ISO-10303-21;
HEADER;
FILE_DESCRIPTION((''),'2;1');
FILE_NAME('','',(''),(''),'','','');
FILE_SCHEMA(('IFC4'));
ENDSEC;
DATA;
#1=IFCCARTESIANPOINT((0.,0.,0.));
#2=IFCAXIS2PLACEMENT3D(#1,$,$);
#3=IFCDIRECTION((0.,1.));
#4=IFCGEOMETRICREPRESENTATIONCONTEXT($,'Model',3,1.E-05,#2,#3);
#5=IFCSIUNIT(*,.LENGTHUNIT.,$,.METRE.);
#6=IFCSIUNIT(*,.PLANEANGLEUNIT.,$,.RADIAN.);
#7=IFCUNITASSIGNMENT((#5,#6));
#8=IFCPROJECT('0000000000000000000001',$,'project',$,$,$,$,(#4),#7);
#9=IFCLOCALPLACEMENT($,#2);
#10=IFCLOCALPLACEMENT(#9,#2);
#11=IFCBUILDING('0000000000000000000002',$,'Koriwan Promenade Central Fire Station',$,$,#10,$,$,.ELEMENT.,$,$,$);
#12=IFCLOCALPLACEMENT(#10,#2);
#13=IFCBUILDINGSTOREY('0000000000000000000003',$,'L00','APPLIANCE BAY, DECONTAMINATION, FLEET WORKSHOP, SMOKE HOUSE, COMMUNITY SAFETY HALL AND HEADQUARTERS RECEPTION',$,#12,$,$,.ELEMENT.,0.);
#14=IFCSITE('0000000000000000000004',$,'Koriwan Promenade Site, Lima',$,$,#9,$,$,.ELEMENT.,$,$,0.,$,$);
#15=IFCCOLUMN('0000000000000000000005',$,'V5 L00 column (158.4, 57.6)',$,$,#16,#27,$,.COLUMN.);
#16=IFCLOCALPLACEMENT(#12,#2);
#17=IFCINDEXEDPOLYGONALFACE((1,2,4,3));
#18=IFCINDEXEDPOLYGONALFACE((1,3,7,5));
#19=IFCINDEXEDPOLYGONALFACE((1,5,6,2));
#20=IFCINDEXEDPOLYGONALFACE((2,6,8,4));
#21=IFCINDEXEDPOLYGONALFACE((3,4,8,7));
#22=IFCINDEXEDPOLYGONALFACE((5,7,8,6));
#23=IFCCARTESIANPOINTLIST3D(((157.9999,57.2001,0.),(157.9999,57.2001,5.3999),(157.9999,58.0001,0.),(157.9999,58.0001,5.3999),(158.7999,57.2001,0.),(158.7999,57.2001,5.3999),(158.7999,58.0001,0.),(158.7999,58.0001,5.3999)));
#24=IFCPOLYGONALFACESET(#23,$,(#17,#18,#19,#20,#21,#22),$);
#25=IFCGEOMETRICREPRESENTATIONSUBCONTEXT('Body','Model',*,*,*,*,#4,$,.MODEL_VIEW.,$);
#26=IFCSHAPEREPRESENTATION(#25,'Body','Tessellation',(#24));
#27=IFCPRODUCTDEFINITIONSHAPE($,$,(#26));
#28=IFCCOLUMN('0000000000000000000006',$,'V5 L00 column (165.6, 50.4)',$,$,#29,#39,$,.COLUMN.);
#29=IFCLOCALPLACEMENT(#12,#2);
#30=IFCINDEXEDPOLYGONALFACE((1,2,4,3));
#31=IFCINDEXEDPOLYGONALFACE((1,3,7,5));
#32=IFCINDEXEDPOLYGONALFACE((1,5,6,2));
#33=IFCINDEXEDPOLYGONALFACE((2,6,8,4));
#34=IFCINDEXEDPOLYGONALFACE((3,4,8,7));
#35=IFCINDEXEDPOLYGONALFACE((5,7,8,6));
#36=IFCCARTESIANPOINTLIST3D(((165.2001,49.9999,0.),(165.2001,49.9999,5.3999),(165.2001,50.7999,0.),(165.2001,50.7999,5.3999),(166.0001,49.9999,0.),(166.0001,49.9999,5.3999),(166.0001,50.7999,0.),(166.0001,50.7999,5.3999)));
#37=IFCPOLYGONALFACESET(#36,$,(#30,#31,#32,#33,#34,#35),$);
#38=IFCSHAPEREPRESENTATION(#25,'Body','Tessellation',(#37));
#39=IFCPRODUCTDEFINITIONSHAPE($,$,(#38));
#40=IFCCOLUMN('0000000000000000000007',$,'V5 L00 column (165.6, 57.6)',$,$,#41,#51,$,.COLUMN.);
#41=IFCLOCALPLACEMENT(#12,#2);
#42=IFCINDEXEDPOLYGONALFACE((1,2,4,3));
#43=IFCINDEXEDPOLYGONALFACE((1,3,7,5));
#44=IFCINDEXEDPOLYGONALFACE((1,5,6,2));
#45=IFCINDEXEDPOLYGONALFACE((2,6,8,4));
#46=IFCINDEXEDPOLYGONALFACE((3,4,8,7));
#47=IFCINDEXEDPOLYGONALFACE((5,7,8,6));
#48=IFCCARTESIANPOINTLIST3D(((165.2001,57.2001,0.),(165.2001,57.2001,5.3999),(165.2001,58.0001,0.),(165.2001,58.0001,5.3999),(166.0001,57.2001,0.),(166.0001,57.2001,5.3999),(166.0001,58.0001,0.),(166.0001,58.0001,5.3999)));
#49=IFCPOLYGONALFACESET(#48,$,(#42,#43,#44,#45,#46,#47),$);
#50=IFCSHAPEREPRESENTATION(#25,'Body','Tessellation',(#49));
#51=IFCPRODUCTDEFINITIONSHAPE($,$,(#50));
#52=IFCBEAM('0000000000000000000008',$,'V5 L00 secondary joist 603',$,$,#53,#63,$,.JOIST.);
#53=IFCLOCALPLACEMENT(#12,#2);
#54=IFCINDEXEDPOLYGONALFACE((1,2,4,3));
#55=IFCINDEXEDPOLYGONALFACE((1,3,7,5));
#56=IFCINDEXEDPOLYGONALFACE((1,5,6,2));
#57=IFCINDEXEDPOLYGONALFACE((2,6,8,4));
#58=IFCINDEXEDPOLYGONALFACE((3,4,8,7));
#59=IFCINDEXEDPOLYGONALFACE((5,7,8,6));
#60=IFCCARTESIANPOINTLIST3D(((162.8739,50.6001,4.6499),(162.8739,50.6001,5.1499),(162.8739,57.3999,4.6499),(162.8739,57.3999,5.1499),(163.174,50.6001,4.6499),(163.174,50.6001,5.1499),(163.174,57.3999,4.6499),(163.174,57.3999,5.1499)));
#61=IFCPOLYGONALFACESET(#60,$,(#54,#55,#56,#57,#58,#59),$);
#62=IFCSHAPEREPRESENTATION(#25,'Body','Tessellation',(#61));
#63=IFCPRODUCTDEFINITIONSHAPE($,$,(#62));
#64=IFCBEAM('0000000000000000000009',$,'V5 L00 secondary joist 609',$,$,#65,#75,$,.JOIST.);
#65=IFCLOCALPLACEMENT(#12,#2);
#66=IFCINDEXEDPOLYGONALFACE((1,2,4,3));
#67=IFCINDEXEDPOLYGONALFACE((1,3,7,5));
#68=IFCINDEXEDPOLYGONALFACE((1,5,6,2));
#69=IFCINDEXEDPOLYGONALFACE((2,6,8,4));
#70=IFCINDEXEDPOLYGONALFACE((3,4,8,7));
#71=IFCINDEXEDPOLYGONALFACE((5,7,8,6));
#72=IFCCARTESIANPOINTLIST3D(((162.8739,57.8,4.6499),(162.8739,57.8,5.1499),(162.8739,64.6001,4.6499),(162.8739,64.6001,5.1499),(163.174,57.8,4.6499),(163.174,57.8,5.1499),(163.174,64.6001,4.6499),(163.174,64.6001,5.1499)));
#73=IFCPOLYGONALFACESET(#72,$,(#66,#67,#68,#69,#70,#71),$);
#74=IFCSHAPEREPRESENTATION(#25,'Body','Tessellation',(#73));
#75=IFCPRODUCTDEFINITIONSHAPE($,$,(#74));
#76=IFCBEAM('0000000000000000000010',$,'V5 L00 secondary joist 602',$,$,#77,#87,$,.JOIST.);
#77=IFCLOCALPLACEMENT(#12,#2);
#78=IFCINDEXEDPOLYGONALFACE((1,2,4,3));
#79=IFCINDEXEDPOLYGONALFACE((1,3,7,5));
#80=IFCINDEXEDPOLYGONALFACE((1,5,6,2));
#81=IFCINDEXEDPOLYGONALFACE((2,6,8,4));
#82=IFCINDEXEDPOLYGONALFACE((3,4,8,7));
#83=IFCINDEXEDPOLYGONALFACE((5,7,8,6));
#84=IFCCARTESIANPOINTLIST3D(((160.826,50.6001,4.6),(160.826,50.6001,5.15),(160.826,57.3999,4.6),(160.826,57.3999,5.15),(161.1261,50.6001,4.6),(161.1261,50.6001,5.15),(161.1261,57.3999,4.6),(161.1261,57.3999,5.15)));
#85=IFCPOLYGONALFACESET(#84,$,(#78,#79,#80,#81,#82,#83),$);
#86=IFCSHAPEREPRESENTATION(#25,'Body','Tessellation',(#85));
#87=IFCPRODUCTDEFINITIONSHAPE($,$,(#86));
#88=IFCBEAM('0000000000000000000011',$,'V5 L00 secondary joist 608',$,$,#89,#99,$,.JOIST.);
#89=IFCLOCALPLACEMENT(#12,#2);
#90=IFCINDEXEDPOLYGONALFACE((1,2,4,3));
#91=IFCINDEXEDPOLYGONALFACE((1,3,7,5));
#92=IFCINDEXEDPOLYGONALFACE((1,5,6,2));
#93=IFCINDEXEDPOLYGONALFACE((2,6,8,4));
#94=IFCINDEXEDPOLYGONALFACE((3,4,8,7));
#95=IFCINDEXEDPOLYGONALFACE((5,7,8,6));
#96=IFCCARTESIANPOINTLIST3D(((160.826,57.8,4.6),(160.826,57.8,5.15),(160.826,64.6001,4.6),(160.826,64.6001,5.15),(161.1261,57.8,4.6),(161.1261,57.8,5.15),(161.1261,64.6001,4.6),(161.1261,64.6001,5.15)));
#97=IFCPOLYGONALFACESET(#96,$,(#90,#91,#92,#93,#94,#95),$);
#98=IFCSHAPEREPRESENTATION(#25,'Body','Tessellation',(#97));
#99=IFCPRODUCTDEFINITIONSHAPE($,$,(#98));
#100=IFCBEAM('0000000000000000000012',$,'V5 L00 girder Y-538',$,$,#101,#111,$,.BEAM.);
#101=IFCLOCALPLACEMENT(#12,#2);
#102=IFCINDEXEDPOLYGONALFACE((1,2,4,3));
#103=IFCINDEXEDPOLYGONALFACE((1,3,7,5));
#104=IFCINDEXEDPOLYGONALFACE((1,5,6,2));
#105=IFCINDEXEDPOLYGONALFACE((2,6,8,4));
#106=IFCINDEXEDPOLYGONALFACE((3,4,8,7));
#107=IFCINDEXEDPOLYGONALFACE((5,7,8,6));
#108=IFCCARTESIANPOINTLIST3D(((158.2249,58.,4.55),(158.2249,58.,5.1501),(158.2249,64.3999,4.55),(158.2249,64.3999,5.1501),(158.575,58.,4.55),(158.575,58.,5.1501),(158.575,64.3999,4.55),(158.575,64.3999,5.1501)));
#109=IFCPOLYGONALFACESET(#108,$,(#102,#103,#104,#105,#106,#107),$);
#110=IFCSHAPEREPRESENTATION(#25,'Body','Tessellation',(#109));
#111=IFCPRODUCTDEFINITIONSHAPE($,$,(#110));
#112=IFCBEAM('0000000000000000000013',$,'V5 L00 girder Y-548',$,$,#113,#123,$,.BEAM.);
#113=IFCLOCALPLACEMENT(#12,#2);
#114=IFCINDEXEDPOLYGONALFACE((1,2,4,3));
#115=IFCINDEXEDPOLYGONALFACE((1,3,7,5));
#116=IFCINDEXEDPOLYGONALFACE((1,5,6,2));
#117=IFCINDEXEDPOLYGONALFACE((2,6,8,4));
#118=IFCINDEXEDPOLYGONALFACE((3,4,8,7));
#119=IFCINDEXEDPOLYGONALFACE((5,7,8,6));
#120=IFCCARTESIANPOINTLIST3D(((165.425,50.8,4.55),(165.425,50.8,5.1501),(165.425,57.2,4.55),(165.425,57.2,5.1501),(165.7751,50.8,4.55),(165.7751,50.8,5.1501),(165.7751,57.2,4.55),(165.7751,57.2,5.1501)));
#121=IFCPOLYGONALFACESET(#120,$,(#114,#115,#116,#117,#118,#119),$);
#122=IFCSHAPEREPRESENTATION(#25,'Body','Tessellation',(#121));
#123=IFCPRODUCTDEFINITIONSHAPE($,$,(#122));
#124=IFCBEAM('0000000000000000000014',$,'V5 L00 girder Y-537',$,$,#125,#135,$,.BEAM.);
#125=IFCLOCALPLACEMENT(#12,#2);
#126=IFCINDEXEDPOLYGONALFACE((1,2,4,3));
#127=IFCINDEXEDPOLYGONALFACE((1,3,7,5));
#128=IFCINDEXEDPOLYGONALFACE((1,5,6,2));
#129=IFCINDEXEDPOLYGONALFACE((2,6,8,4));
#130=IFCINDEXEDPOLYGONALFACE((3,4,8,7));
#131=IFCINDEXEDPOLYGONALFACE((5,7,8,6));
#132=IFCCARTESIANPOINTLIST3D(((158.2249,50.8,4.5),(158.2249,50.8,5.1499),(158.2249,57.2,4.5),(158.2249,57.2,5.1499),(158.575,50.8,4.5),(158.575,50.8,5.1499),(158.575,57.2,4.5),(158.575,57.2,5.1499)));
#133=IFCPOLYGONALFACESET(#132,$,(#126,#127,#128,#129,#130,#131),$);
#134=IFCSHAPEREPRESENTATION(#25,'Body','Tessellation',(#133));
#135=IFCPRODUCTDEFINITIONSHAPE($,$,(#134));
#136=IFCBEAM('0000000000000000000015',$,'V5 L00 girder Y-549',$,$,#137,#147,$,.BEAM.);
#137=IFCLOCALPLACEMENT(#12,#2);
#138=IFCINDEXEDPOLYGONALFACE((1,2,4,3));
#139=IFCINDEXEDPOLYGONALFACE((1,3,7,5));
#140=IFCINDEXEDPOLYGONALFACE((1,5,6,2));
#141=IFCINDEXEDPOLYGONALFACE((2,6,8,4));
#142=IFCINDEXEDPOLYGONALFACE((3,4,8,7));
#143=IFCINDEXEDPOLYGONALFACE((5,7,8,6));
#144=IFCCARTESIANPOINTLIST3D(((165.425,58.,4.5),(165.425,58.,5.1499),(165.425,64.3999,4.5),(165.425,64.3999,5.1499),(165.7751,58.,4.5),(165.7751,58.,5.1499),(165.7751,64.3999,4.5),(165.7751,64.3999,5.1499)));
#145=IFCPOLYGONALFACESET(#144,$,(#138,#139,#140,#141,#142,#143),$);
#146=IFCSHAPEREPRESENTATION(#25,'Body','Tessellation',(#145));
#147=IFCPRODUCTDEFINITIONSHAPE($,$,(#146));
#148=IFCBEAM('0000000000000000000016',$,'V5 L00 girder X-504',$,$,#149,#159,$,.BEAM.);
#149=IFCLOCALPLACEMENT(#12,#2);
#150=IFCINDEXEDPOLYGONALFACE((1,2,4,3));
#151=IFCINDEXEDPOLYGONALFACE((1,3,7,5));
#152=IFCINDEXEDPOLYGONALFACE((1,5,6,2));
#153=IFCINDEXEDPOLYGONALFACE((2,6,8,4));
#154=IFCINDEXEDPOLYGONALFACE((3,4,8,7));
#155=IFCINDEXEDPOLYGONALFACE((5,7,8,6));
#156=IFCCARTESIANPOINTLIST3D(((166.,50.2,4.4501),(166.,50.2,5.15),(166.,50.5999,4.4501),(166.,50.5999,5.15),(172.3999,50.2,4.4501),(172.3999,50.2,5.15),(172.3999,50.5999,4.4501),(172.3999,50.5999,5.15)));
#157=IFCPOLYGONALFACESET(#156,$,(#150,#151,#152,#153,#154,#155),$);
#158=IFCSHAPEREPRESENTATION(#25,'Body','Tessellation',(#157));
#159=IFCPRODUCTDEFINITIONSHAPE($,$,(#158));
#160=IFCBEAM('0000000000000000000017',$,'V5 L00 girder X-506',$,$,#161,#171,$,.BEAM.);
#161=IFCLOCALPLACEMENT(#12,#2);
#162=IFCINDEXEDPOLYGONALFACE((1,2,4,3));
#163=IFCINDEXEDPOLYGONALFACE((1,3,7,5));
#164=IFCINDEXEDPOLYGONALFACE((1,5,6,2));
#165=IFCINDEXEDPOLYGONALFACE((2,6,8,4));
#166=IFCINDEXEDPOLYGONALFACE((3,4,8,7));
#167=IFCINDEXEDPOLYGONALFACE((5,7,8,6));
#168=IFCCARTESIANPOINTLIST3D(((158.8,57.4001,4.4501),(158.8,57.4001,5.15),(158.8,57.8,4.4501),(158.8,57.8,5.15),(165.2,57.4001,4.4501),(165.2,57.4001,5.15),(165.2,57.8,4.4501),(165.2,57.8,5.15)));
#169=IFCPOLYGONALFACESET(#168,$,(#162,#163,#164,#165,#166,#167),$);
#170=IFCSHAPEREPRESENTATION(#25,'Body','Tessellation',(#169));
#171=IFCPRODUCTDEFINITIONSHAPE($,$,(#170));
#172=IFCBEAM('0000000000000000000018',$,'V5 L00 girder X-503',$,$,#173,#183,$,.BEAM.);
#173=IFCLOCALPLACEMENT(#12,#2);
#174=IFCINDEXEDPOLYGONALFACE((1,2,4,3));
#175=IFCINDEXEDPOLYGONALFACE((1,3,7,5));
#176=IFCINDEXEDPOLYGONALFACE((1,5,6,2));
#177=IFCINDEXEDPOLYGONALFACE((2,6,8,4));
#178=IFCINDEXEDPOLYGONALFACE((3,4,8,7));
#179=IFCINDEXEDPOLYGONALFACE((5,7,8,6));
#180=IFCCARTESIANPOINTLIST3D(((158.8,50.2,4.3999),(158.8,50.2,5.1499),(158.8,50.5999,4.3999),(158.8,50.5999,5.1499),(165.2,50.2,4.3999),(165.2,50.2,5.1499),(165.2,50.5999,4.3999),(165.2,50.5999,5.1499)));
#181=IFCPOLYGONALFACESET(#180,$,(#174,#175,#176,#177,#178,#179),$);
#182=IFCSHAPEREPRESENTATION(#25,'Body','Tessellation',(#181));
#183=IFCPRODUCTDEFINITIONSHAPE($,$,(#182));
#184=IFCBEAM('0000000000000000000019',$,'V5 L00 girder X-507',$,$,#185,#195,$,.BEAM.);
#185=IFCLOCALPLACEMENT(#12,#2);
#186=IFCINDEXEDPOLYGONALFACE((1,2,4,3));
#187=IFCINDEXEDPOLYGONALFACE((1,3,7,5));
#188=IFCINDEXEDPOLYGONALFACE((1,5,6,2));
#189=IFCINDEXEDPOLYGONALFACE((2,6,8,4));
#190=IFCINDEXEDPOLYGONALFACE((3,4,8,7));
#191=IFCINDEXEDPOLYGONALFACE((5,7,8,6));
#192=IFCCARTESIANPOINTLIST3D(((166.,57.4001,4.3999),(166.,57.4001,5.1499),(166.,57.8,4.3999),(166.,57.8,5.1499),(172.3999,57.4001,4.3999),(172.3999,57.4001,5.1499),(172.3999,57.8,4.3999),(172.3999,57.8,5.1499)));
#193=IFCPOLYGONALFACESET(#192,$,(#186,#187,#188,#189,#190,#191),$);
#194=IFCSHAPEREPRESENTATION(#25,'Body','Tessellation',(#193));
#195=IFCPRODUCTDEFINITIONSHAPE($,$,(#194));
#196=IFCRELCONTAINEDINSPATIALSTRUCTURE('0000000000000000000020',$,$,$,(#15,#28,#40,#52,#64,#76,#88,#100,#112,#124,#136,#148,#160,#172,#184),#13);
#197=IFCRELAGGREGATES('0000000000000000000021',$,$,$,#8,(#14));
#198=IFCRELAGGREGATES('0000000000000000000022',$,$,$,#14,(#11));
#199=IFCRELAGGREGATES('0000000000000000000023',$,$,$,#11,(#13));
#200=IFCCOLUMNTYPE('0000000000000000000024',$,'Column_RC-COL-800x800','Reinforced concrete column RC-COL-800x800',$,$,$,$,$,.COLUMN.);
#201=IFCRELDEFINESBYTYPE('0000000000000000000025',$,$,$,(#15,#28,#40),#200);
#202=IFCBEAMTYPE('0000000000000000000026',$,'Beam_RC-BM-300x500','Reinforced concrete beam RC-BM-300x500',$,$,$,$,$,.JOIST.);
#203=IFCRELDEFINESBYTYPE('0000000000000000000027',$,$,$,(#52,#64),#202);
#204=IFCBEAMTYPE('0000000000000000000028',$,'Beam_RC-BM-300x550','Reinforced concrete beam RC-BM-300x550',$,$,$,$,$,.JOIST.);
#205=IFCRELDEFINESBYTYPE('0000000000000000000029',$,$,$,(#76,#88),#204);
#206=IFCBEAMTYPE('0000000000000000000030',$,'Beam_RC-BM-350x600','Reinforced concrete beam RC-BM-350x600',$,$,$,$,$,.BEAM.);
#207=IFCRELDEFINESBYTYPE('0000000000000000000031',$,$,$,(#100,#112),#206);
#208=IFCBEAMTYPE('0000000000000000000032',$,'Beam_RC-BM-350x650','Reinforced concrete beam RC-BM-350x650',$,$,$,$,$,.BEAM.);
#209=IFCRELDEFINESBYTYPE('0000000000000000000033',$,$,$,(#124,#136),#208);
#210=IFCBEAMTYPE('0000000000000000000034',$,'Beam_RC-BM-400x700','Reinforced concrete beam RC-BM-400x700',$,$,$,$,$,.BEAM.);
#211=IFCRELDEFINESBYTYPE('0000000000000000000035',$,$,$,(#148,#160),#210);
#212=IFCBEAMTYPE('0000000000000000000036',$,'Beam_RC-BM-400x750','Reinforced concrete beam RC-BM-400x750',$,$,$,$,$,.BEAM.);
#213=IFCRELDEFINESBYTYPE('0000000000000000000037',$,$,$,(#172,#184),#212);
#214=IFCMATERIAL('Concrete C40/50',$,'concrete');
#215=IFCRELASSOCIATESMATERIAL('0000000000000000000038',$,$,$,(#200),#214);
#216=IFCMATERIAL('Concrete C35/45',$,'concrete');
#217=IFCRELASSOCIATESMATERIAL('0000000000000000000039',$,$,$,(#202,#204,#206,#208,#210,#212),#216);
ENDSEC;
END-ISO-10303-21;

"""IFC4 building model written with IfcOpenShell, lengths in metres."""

from ifc_helpers import new_model, si_unit, direction, frame, origin, origin_2d, place, context, subcontext, project, spatial, rectangle, extrude, material, material_profile, profile_set, type_object, element, save


model = new_model("IFC4")

# Units and contexts
model_context = context("Model", 3, precision=1e-05, world=origin(), true_north=direction((0.0, 1.0)))
body_context = subcontext(model_context, "Body", "Model", "MODEL_VIEW")
ifc_project = project(units=[si_unit("LENGTHUNIT", "METRE"), si_unit("PLANEANGLEUNIT", "RADIAN")], contexts=[model_context])

# Site, building, storey
site_placement = place(None, origin())
site = spatial("IfcSite", under=ifc_project, at=site_placement, Name="Koriwan Promenade Site, Lima", CompositionType="ELEMENT", RefElevation=0.0)
building_placement = place(site_placement, origin())
building = spatial("IfcBuilding", under=site, at=building_placement, Name="Koriwan Promenade Central Fire Station", CompositionType="ELEMENT")
storey_placement = place(building_placement, origin())
storey = spatial("IfcBuildingStorey", under=building, at=storey_placement, Name="L00", Description="APPLIANCE BAY, DECONTAMINATION, FLEET WORKSHOP, SMOKE HOUSE, COMMUNITY SAFETY HALL AND HEADQUARTERS RECEPTION", CompositionType="ELEMENT", Elevation=0.0)

# Shared definitions
ifc_material_1 = material(Name="Concrete C35/45", Category="concrete")

# Columns
ifc_material_2 = material(Name="Concrete C40/50", Category="concrete")
ifc_material_profile_1 = material_profile(ifc_material_2, rectangle(XDim=0.8, YDim=0.8, at=origin_2d()), Name="RC-COL-800x800")
ifc_profile_set_1 = profile_set([ifc_material_profile_1], Name="Concrete C40/50")
column_type = type_object("IfcColumnType", Name="Column_RC-COL-800x800", Description="Reinforced concrete column RC-COL-800x800", PredefinedType="COLUMN", material=ifc_profile_set_1)
for number, where, z_axis, x_axis, name in (
    (1, (158.3999, 57.6001, 0.0), (0.0, 0.0, 1.0), (1.0, 0.0, 0.0), "V5 L00 column (158.4, 57.6)"),
    (2, (165.6001, 50.3999, 0.0), (0.0, 0.0, 1.0), (1.0, 0.0, 0.0), "V5 L00 column (165.6, 50.4)"),
    (3, (165.6001, 57.6001, 0.0), (0.0, 0.0, 1.0), (1.0, 0.0, 0.0), "V5 L00 column (165.6, 57.6)"),
):
    element("IfcColumn", number, at=place(storey_placement, frame(where, z_axis=z_axis, x_axis=x_axis)), inside=storey, type_object=column_type, Name=name, PredefinedType="COLUMN", context=body_context, shape_type="SweptSolid", body=[
        extrude(rectangle(XDim=0.8, YDim=0.8, at=origin_2d()), origin(), (0.0, 0.0, 1.0), 5.3999),
    ])

# Beams
ifc_material_profile_2 = material_profile(ifc_material_1, rectangle(XDim=0.3, YDim=0.5, at=origin_2d()), Name="RC-BM-300x500")
ifc_profile_set_2 = profile_set([ifc_material_profile_2], Name="Concrete C35/45")
beam_type_1 = type_object("IfcBeamType", Name="Beam_RC-BM-300x500", Description="Reinforced concrete beam RC-BM-300x500", PredefinedType="JOIST", material=ifc_profile_set_2)
beam_1_placement = place(storey_placement, frame((163.0239, 50.6001, 4.8999), z_axis=(0.0, 1.0, 0.0), x_axis=(-1.0, 0.0, 0.0)))
element("IfcBeam", 4, at=beam_1_placement, inside=storey, type_object=beam_type_1, Name="V5 L00 secondary joist 603", PredefinedType="JOIST", context=body_context, shape_type="SweptSolid", body=[
    extrude(rectangle(XDim=0.3, YDim=0.5, at=origin_2d()), origin(), (0.0, 0.0, 1.0), 6.7998),
])
beam_2_placement = place(storey_placement, frame((163.0239, 57.8, 4.8999), z_axis=(0.0, 1.0, 0.0), x_axis=(-1.0, 0.0, 0.0)))
element("IfcBeam", 5, at=beam_2_placement, inside=storey, type_object=beam_type_1, Name="V5 L00 secondary joist 609", PredefinedType="JOIST", context=body_context, shape_type="SweptSolid", body=[
    extrude(rectangle(XDim=0.3, YDim=0.5, at=origin_2d()), origin(), (0.0, 0.0, 1.0), 6.8),
])
ifc_material_profile_3 = material_profile(ifc_material_1, rectangle(XDim=0.3, YDim=0.55, at=origin_2d()), Name="RC-BM-300x550")
ifc_profile_set_3 = profile_set([ifc_material_profile_3], Name="Concrete C35/45")
beam_type_2 = type_object("IfcBeamType", Name="Beam_RC-BM-300x550", Description="Reinforced concrete beam RC-BM-300x550", PredefinedType="JOIST", material=ifc_profile_set_3)
beam_3_placement = place(storey_placement, frame((160.9761, 50.6001, 4.875), z_axis=(0.0, 1.0, 0.0), x_axis=(-1.0, 0.0, 0.0)))
element("IfcBeam", 6, at=beam_3_placement, inside=storey, type_object=beam_type_2, Name="V5 L00 secondary joist 602", PredefinedType="JOIST", context=body_context, shape_type="SweptSolid", body=[
    extrude(rectangle(XDim=0.3, YDim=0.55, at=origin_2d()), origin(), (0.0, 0.0, 1.0), 6.7998),
])
beam_4_placement = place(storey_placement, frame((160.9761, 57.8, 4.875), z_axis=(0.0, 1.0, 0.0), x_axis=(-1.0, 0.0, 0.0)))
element("IfcBeam", 7, at=beam_4_placement, inside=storey, type_object=beam_type_2, Name="V5 L00 secondary joist 608", PredefinedType="JOIST", context=body_context, shape_type="SweptSolid", body=[
    extrude(rectangle(XDim=0.3, YDim=0.55, at=origin_2d()), origin(), (0.0, 0.0, 1.0), 6.8),
])
ifc_material_profile_4 = material_profile(ifc_material_1, rectangle(XDim=0.3501, YDim=0.6001, at=origin_2d()), Name="RC-BM-350x600")
ifc_profile_set_4 = profile_set([ifc_material_profile_4], Name="Concrete C35/45")
beam_type_3 = type_object("IfcBeamType", Name="Beam_RC-BM-350x600", Description="Reinforced concrete beam RC-BM-350x600", PredefinedType="BEAM", material=ifc_profile_set_4)
for number, where, z_axis, x_axis, name in (
    (8, (158.3999, 58.0, 4.8501), (0.0, 1.0, 0.0), (-1.0, 0.0, 0.0), "V5 L00 girder Y-538"),
    (9, (165.6001, 50.8, 4.8501), (0.0, 1.0, 0.0), (-1.0, 0.0, 0.0), "V5 L00 girder Y-548"),
):
    element("IfcBeam", number, at=place(storey_placement, frame(where, z_axis=z_axis, x_axis=x_axis)), inside=storey, type_object=beam_type_3, Name=name, PredefinedType="BEAM", context=body_context, shape_type="SweptSolid", body=[
        extrude(rectangle(XDim=0.3501, YDim=0.6001, at=origin_2d()), origin(), (0.0, 0.0, 1.0), 6.3999),
    ])
ifc_material_profile_5 = material_profile(ifc_material_1, rectangle(XDim=0.3501, YDim=0.6499, at=origin_2d()), Name="RC-BM-350x650")
ifc_profile_set_5 = profile_set([ifc_material_profile_5], Name="Concrete C35/45")
beam_type_4 = type_object("IfcBeamType", Name="Beam_RC-BM-350x650", Description="Reinforced concrete beam RC-BM-350x650", PredefinedType="BEAM", material=ifc_profile_set_5)
for number, where, z_axis, x_axis, name in (
    (10, (158.3999, 50.8, 4.825), (0.0, 1.0, 0.0), (-1.0, 0.0, 0.0), "V5 L00 girder Y-537"),
    (11, (165.6001, 58.0, 4.825), (0.0, 1.0, 0.0), (-1.0, 0.0, 0.0), "V5 L00 girder Y-549"),
):
    element("IfcBeam", number, at=place(storey_placement, frame(where, z_axis=z_axis, x_axis=x_axis)), inside=storey, type_object=beam_type_4, Name=name, PredefinedType="BEAM", context=body_context, shape_type="SweptSolid", body=[
        extrude(rectangle(XDim=0.3501, YDim=0.6499, at=origin_2d()), origin(), (0.0, 0.0, 1.0), 6.3999),
    ])
ifc_material_profile_6 = material_profile(ifc_material_1, rectangle(XDim=0.3999, YDim=0.7, at=origin_2d()), Name="RC-BM-400x700")
ifc_profile_set_6 = profile_set([ifc_material_profile_6], Name="Concrete C35/45")
beam_type_5 = type_object("IfcBeamType", Name="Beam_RC-BM-400x700", Description="Reinforced concrete beam RC-BM-400x700", PredefinedType="BEAM", material=ifc_profile_set_6)
for number, where, z_axis, x_axis, name in (
    (12, (166.0, 50.3999, 4.8), (1.0, 0.0, 0.0), (0.0, 1.0, 0.0), "V5 L00 girder X-504"),
    (13, (158.8, 57.6001, 4.8), (1.0, 0.0, 0.0), (0.0, 1.0, 0.0), "V5 L00 girder X-506"),
):
    element("IfcBeam", number, at=place(storey_placement, frame(where, z_axis=z_axis, x_axis=x_axis)), inside=storey, type_object=beam_type_5, Name=name, PredefinedType="BEAM", context=body_context, shape_type="SweptSolid", body=[
        extrude(rectangle(XDim=0.3999, YDim=0.7, at=origin_2d()), origin(), (0.0, 0.0, 1.0), 6.3999),
    ])
ifc_material_profile_7 = material_profile(ifc_material_1, rectangle(XDim=0.3999, YDim=0.75, at=origin_2d()), Name="RC-BM-400x750")
ifc_profile_set_7 = profile_set([ifc_material_profile_7], Name="Concrete C35/45")
beam_type_6 = type_object("IfcBeamType", Name="Beam_RC-BM-400x750", Description="Reinforced concrete beam RC-BM-400x750", PredefinedType="BEAM", material=ifc_profile_set_7)
for number, where, z_axis, x_axis, name in (
    (14, (158.8, 50.3999, 4.7749), (1.0, 0.0, 0.0), (0.0, 1.0, 0.0), "V5 L00 girder X-503"),
    (15, (166.0, 57.6001, 4.7749), (1.0, 0.0, 0.0), (0.0, 1.0, 0.0), "V5 L00 girder X-507"),
):
    element("IfcBeam", number, at=place(storey_placement, frame(where, z_axis=z_axis, x_axis=x_axis)), inside=storey, type_object=beam_type_6, Name=name, PredefinedType="BEAM", context=body_context, shape_type="SweptSolid", body=[
        extrude(rectangle(XDim=0.3999, YDim=0.75, at=origin_2d()), origin(), (0.0, 0.0, 1.0), 6.3999),
    ])

save(model, "model.ifc")
